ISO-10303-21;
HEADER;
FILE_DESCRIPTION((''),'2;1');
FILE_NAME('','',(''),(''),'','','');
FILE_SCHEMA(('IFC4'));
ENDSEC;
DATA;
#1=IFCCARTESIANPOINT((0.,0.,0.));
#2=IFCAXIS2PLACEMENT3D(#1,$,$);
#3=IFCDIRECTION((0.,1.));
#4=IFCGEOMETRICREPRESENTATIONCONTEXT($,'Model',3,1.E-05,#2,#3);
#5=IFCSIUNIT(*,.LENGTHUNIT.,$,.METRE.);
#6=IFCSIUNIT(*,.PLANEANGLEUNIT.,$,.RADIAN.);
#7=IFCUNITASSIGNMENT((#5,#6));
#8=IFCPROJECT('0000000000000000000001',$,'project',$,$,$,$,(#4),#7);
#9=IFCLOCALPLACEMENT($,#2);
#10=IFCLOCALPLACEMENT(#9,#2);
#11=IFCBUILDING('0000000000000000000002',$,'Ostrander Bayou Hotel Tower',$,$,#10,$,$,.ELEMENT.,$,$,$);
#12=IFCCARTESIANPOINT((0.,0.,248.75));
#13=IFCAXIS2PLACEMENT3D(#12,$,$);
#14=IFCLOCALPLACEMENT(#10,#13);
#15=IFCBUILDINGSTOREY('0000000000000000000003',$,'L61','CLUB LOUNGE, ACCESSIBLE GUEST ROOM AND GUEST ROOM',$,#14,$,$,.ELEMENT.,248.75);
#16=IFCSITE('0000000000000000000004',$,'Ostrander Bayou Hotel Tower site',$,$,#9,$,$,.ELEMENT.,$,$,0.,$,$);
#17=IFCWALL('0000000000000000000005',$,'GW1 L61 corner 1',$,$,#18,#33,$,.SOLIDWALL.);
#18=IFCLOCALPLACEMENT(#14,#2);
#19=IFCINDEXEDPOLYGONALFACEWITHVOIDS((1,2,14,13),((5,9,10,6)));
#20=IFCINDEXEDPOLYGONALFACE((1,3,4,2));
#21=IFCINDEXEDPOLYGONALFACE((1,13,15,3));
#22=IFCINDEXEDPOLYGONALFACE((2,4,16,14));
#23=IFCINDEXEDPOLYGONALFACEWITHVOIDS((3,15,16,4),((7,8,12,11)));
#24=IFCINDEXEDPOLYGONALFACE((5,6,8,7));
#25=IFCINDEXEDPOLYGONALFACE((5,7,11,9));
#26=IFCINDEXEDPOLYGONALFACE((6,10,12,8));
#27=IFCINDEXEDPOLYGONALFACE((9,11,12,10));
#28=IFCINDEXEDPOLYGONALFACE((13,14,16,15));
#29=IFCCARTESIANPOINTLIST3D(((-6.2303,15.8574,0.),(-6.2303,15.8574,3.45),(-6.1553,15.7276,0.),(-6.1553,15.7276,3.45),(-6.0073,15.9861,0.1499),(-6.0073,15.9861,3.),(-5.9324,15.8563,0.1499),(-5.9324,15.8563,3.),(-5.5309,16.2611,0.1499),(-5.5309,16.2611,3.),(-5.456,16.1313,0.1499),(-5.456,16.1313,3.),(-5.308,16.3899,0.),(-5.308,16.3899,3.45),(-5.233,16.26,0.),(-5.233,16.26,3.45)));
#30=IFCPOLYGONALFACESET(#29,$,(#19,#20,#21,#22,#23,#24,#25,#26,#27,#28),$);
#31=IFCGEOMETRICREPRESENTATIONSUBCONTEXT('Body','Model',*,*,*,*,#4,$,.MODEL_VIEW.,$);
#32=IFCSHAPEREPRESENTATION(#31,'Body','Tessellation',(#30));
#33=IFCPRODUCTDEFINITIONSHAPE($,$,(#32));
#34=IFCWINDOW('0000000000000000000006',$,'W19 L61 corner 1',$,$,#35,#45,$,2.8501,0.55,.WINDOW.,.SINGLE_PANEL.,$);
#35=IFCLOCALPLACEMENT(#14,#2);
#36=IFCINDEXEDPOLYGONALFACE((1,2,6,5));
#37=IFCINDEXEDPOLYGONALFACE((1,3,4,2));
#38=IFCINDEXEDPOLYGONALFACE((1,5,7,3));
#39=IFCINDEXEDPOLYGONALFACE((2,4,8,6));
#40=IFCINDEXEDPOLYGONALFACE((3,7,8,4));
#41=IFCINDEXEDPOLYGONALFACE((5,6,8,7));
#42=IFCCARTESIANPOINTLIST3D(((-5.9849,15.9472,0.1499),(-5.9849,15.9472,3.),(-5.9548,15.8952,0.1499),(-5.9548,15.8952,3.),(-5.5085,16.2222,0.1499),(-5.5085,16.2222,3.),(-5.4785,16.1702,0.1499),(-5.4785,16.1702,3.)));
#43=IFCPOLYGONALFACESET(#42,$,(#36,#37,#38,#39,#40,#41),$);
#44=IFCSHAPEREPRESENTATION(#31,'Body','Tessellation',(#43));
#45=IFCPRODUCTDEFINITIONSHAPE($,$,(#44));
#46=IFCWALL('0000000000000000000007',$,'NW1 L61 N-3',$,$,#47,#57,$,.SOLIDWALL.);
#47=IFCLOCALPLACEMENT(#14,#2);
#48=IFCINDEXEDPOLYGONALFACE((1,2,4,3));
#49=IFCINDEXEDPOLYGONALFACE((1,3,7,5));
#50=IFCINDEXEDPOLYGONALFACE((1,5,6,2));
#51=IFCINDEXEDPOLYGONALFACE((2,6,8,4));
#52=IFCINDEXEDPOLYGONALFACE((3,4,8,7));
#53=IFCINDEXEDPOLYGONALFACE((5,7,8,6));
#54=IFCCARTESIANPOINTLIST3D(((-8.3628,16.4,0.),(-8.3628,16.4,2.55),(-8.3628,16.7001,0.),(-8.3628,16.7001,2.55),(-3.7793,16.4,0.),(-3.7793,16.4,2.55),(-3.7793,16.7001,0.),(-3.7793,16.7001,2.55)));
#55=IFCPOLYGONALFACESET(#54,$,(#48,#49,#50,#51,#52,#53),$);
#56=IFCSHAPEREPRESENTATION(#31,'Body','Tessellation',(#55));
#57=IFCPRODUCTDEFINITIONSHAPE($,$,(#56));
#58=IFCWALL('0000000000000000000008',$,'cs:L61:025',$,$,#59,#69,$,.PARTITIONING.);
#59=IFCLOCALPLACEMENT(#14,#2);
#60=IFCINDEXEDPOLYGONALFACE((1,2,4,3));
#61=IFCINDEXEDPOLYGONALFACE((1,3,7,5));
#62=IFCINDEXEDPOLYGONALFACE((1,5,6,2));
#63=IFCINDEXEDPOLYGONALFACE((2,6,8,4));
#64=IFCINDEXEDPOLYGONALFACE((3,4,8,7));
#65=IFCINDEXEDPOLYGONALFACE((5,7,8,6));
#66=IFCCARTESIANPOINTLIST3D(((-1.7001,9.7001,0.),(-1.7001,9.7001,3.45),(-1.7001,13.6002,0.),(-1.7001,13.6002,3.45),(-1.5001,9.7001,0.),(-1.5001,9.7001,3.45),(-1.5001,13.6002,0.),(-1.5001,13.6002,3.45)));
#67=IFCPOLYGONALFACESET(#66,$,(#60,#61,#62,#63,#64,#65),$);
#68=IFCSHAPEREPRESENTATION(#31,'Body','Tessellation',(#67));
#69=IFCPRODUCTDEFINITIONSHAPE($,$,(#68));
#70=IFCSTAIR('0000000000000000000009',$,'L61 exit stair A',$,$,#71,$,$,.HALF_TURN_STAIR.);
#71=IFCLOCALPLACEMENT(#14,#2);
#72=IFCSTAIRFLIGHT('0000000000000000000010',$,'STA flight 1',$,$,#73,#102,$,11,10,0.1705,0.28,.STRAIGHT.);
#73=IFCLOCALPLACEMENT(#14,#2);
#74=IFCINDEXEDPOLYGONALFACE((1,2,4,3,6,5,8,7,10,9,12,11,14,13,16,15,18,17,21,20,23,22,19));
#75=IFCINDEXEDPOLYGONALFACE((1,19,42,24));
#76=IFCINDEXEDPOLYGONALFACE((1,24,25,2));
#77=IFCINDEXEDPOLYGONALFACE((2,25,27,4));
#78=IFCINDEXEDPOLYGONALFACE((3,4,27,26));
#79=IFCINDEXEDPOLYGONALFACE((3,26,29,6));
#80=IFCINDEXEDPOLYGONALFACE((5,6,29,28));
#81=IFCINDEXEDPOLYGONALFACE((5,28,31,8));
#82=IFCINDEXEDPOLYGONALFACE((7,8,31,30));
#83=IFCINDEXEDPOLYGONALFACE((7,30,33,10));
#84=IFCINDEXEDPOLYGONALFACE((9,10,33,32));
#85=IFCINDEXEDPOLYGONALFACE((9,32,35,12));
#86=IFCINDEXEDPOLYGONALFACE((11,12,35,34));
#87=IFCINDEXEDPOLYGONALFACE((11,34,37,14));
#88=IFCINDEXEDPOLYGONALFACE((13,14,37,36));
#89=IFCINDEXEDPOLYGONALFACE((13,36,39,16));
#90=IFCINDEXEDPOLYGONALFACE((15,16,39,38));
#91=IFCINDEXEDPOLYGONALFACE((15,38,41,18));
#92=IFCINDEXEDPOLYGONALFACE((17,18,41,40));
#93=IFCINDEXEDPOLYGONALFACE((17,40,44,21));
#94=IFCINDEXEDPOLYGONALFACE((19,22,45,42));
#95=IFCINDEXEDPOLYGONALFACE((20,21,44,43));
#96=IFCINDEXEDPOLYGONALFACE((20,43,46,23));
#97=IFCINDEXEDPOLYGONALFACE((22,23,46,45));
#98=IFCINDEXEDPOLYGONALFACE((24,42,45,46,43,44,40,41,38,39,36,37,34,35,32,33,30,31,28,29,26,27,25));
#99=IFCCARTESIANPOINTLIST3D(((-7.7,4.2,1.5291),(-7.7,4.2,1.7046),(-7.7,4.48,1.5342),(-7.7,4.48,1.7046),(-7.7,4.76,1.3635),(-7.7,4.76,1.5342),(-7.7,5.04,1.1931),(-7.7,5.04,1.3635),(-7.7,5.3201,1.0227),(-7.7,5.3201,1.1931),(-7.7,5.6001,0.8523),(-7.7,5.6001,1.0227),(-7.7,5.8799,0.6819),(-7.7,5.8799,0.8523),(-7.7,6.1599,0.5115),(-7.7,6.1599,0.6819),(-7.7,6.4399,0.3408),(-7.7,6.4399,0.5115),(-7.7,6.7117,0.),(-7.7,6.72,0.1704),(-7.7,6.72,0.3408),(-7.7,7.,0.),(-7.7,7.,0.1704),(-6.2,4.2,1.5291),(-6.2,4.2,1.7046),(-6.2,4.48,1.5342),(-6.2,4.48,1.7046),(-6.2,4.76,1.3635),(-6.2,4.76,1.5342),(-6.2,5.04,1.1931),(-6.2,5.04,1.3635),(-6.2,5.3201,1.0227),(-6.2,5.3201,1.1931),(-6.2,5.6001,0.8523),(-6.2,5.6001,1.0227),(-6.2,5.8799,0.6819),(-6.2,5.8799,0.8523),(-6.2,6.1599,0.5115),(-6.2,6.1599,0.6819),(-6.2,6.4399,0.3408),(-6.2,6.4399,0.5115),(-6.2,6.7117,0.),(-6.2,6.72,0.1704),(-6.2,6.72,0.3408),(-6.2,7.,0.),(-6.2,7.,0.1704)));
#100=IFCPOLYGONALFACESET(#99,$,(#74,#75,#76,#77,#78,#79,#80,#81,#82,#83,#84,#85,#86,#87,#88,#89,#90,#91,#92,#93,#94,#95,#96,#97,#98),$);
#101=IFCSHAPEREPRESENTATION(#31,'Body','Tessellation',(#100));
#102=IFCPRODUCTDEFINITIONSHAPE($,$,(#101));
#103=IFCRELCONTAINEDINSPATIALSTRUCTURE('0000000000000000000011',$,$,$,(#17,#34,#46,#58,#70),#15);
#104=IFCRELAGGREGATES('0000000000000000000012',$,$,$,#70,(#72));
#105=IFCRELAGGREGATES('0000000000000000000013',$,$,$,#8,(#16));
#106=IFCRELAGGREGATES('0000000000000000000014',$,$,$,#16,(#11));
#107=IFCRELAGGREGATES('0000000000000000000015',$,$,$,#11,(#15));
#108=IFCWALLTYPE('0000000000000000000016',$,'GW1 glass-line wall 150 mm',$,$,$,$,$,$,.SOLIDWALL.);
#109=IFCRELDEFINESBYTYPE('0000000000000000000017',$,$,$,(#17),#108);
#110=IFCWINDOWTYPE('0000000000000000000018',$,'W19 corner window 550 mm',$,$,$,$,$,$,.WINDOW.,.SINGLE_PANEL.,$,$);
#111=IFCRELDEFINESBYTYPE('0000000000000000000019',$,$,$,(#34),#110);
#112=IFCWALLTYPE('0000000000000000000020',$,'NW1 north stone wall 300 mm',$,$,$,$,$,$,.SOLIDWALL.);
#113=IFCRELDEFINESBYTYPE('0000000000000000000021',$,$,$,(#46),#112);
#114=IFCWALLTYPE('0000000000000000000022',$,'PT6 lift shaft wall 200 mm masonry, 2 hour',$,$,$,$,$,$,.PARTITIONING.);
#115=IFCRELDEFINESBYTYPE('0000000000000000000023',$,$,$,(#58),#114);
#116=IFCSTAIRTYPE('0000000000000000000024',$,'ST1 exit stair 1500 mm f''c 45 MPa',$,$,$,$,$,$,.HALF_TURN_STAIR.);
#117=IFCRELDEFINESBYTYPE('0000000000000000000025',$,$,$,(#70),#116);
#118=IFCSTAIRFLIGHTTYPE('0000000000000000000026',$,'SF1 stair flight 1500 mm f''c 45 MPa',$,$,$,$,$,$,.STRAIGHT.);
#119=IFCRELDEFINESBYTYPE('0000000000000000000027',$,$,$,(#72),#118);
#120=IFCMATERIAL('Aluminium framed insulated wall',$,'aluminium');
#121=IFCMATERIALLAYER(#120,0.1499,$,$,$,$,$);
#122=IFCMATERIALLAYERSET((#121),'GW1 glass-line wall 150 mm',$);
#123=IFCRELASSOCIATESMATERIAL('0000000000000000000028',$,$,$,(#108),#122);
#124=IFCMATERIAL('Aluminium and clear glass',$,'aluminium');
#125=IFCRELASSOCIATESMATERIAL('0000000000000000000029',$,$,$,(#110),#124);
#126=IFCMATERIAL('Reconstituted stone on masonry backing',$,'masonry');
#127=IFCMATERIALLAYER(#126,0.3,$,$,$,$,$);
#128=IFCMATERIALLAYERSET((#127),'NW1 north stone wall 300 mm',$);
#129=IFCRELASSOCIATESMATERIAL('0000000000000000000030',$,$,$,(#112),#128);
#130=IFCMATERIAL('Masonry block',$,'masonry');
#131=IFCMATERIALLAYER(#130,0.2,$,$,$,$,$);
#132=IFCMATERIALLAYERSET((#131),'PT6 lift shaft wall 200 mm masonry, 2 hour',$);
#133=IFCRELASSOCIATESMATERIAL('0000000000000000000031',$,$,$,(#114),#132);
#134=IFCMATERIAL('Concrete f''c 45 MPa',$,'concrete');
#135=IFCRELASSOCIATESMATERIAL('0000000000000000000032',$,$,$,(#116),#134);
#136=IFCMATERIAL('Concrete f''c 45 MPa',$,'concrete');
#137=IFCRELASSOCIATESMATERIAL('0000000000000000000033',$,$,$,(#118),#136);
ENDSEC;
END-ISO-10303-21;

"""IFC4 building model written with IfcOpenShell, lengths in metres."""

from ifc_helpers import new_model, si_unit, direction, frame, frame_2d, origin, place, context, subcontext, project, spatial, polyline, rectangle, outline, extrude, material, layer, layer_set, type_object, element, fill, aggregate, save


model = new_model("IFC4")

# Units and contexts
model_context = context("Model", 3, precision=1e-05, world=origin(), true_north=direction((0.0, 1.0)))
body_context = subcontext(model_context, "Body", "Model", "MODEL_VIEW")
ifc_project = project(units=[si_unit("LENGTHUNIT", "METRE"), si_unit("PLANEANGLEUNIT", "RADIAN")], contexts=[model_context])

# Site, building, storey
site_placement = place(None, origin())
site = spatial("IfcSite", under=ifc_project, at=site_placement, Name="Ostrander Bayou Hotel Tower site", CompositionType="ELEMENT", RefElevation=0.0)
building_placement = place(site_placement, origin())
building = spatial("IfcBuilding", under=site, at=building_placement, Name="Ostrander Bayou Hotel Tower", CompositionType="ELEMENT")
storey_placement = place(building_placement, frame((0.0, 0.0, 248.75)))
storey = spatial("IfcBuildingStorey", under=building, at=storey_placement, Name="L61", Description="CLUB LOUNGE, ACCESSIBLE GUEST ROOM AND GUEST ROOM", CompositionType="ELEMENT", Elevation=248.75)

# Shared definitions
ifc_material_1 = material(Name="Aluminium framed insulated wall", Category="aluminium")
ifc_layer_1 = layer(ifc_material_1, 0.1499)
ifc_layer_set_1 = layer_set([ifc_layer_1], Name="GW1 glass-line wall 150 mm")
wall_type_1 = type_object("IfcWallType", Name="GW1 glass-line wall 150 mm", PredefinedType="SOLIDWALL", material=ifc_layer_set_1)

# Wall, opening, window
wall_1_placement = place(storey_placement, frame((-5.2705, 16.325, 0.0), z_axis=(0.0, 0.0, 1.0), x_axis=(-0.866048, -0.499961, 0.0)))
wall_1 = element("IfcWall", 1, at=wall_1_placement, inside=storey, type_object=wall_type_1, Name="GW1 L61 corner 1", PredefinedType="SOLIDWALL", context=body_context, shape_type="SweptSolid", body=[
    extrude(rectangle(XDim=1.0649, YDim=0.1499, at=frame_2d((0.5325, 0.0))), origin(), (0.0, 0.0, 1.0), 3.45),
])
opening_1_placement = place(wall_1_placement, frame((0.2576, 0.0, 0.1499)))
opening_1 = element("IfcOpeningElement", 2, at=opening_1_placement, cuts=wall_1, PredefinedType="OPENING", context=body_context, shape_type="SweptSolid", body=[
    extrude(rectangle(XDim=0.55, YDim=2.8501, at=frame_2d((0.2749, 1.425))), frame((0.0, 0.075, 0.0), z_axis=(0.0, -1.0, 0.0), x_axis=(1.0, 0.0, 0.0)), (0.0, 0.0, 1.0), 0.1499),
])
ifc_material_2 = material(Name="Aluminium and clear glass", Category="aluminium")
window_type_1 = type_object("IfcWindowType", Name="W19 corner window 550 mm", PartitioningType="SINGLE_PANEL", PredefinedType="WINDOW", material=ifc_material_2)
window_1_placement = place(opening_1_placement, origin())
window_1 = element("IfcWindow", 3, at=window_1_placement, inside=storey, type_object=window_type_1, Name="W19 L61 corner 1", OverallHeight=2.8501, OverallWidth=0.55, PartitioningType="SINGLE_PANEL", PredefinedType="WINDOW", context=body_context, shape_type="SweptSolid", body=[
    extrude(rectangle(XDim=0.55, YDim=2.8501, at=frame_2d((0.2749, 1.425))), frame((0.0, 0.03, 0.0), z_axis=(0.0, -1.0, 0.0), x_axis=(1.0, 0.0, 0.0)), (0.0, 0.0, 1.0), 0.0601),
])
fill(opening_1, window_1)

# Wall
ifc_material_3 = material(Name="Reconstituted stone on masonry backing", Category="masonry")
ifc_layer_2 = layer(ifc_material_3, 0.3)
ifc_layer_set_2 = layer_set([ifc_layer_2], Name="NW1 north stone wall 300 mm")
wall_type_2 = type_object("IfcWallType", Name="NW1 north stone wall 300 mm", PredefinedType="SOLIDWALL", material=ifc_layer_set_2)
wall_2_placement = place(storey_placement, frame((-3.7793, 16.55, 0.0), z_axis=(0.0, 0.0, 1.0), x_axis=(-1.0, 0.0, 0.0)))
element("IfcWall", 4, at=wall_2_placement, inside=storey, type_object=wall_type_2, Name="NW1 L61 N-3", PredefinedType="SOLIDWALL", context=body_context, shape_type="SweptSolid", body=[
    extrude(rectangle(XDim=4.5835, YDim=0.3, at=frame_2d((2.2917, 0.0))), origin(), (0.0, 0.0, 1.0), 2.55),
])

# Wall
ifc_material_4 = material(Name="Masonry block", Category="masonry")
ifc_layer_3 = layer(ifc_material_4, 0.2)
ifc_layer_set_3 = layer_set([ifc_layer_3], Name="PT6 lift shaft wall 200 mm masonry, 2 hour")
wall_type_3 = type_object("IfcWallType", Name="PT6 lift shaft wall 200 mm masonry, 2 hour", PredefinedType="PARTITIONING", material=ifc_layer_set_3)
wall_3_placement = place(storey_placement, frame((-1.6001, 9.7, 0.0), z_axis=(0.0, 0.0, 1.0), x_axis=(0.0, 1.0, 0.0)))
element("IfcWall", 5, at=wall_3_placement, inside=storey, type_object=wall_type_3, Name="cs:L61:025", PredefinedType="PARTITIONING", context=body_context, shape_type="SweptSolid", body=[
    extrude(rectangle(XDim=3.9001, YDim=0.2, at=frame_2d((1.9502, 0.0))), origin(), (0.0, 0.0, 1.0), 3.45),
])

# Stair, stair flight
ifc_material_5 = material(Name="Concrete f'c 45 MPa", Category="concrete")
stair_type = type_object("IfcStairType", Name="ST1 exit stair 1500 mm f'c 45 MPa", PredefinedType="HALF_TURN_STAIR", material=ifc_material_5)
stair_placement = place(storey_placement, origin())
stair = element("IfcStair", 6, at=stair_placement, inside=storey, type_object=stair_type, Name="L61 exit stair A", PredefinedType="HALF_TURN_STAIR")
ifc_material_6 = material(Name="Concrete f'c 45 MPa", Category="concrete")
stair_flight_type = type_object("IfcStairFlightType", Name="SF1 stair flight 1500 mm f'c 45 MPa", PredefinedType="STRAIGHT", material=ifc_material_6)
stair_flight_placement = place(storey_placement, frame((-6.95, 7.0, 0.0), z_axis=(0.0, 0.0, 1.0), x_axis=(0.0, -1.0, 0.0)))
stair_flight = element("IfcStairFlight", 7, at=stair_flight_placement, type_object=stair_flight_type, Name="STA flight 1", NumberOfRisers=11, NumberOfTreads=10, PredefinedType="STRAIGHT", RiserHeight=0.1705, TreadLength=0.28, context=body_context, shape_type="SweptSolid", body=[
    extrude(outline(polyline([(0.0, 0.0), (0.0, 0.1704), (0.28, 0.1704), (0.28, 0.3408), (0.5601, 0.3408), (0.5601, 0.5115), (0.8401, 0.5115), (0.8401, 0.6819), (1.1201, 0.6819), (1.1201, 0.8523), (1.3999, 0.8523), (1.3999, 1.0227), (1.6799, 1.0227), (1.6799, 1.1931), (1.96, 1.1931), (1.96, 1.3635), (2.24, 1.3635), (2.24, 1.5342), (2.52, 1.5342), (2.52, 1.7046), (2.8, 1.7046), (2.8, 1.875), (2.8, 1.5291), (0.2883, 0.0), (0.0, 0.0)])), frame((0.0, 0.75, 0.0), z_axis=(0.0, -1.0, 0.0), x_axis=(1.0, 0.0, 0.0)), (0.0, 0.0, 1.0), 1.5),
])
aggregate(stair, [stair_flight])

save(model, "model.ifc")
